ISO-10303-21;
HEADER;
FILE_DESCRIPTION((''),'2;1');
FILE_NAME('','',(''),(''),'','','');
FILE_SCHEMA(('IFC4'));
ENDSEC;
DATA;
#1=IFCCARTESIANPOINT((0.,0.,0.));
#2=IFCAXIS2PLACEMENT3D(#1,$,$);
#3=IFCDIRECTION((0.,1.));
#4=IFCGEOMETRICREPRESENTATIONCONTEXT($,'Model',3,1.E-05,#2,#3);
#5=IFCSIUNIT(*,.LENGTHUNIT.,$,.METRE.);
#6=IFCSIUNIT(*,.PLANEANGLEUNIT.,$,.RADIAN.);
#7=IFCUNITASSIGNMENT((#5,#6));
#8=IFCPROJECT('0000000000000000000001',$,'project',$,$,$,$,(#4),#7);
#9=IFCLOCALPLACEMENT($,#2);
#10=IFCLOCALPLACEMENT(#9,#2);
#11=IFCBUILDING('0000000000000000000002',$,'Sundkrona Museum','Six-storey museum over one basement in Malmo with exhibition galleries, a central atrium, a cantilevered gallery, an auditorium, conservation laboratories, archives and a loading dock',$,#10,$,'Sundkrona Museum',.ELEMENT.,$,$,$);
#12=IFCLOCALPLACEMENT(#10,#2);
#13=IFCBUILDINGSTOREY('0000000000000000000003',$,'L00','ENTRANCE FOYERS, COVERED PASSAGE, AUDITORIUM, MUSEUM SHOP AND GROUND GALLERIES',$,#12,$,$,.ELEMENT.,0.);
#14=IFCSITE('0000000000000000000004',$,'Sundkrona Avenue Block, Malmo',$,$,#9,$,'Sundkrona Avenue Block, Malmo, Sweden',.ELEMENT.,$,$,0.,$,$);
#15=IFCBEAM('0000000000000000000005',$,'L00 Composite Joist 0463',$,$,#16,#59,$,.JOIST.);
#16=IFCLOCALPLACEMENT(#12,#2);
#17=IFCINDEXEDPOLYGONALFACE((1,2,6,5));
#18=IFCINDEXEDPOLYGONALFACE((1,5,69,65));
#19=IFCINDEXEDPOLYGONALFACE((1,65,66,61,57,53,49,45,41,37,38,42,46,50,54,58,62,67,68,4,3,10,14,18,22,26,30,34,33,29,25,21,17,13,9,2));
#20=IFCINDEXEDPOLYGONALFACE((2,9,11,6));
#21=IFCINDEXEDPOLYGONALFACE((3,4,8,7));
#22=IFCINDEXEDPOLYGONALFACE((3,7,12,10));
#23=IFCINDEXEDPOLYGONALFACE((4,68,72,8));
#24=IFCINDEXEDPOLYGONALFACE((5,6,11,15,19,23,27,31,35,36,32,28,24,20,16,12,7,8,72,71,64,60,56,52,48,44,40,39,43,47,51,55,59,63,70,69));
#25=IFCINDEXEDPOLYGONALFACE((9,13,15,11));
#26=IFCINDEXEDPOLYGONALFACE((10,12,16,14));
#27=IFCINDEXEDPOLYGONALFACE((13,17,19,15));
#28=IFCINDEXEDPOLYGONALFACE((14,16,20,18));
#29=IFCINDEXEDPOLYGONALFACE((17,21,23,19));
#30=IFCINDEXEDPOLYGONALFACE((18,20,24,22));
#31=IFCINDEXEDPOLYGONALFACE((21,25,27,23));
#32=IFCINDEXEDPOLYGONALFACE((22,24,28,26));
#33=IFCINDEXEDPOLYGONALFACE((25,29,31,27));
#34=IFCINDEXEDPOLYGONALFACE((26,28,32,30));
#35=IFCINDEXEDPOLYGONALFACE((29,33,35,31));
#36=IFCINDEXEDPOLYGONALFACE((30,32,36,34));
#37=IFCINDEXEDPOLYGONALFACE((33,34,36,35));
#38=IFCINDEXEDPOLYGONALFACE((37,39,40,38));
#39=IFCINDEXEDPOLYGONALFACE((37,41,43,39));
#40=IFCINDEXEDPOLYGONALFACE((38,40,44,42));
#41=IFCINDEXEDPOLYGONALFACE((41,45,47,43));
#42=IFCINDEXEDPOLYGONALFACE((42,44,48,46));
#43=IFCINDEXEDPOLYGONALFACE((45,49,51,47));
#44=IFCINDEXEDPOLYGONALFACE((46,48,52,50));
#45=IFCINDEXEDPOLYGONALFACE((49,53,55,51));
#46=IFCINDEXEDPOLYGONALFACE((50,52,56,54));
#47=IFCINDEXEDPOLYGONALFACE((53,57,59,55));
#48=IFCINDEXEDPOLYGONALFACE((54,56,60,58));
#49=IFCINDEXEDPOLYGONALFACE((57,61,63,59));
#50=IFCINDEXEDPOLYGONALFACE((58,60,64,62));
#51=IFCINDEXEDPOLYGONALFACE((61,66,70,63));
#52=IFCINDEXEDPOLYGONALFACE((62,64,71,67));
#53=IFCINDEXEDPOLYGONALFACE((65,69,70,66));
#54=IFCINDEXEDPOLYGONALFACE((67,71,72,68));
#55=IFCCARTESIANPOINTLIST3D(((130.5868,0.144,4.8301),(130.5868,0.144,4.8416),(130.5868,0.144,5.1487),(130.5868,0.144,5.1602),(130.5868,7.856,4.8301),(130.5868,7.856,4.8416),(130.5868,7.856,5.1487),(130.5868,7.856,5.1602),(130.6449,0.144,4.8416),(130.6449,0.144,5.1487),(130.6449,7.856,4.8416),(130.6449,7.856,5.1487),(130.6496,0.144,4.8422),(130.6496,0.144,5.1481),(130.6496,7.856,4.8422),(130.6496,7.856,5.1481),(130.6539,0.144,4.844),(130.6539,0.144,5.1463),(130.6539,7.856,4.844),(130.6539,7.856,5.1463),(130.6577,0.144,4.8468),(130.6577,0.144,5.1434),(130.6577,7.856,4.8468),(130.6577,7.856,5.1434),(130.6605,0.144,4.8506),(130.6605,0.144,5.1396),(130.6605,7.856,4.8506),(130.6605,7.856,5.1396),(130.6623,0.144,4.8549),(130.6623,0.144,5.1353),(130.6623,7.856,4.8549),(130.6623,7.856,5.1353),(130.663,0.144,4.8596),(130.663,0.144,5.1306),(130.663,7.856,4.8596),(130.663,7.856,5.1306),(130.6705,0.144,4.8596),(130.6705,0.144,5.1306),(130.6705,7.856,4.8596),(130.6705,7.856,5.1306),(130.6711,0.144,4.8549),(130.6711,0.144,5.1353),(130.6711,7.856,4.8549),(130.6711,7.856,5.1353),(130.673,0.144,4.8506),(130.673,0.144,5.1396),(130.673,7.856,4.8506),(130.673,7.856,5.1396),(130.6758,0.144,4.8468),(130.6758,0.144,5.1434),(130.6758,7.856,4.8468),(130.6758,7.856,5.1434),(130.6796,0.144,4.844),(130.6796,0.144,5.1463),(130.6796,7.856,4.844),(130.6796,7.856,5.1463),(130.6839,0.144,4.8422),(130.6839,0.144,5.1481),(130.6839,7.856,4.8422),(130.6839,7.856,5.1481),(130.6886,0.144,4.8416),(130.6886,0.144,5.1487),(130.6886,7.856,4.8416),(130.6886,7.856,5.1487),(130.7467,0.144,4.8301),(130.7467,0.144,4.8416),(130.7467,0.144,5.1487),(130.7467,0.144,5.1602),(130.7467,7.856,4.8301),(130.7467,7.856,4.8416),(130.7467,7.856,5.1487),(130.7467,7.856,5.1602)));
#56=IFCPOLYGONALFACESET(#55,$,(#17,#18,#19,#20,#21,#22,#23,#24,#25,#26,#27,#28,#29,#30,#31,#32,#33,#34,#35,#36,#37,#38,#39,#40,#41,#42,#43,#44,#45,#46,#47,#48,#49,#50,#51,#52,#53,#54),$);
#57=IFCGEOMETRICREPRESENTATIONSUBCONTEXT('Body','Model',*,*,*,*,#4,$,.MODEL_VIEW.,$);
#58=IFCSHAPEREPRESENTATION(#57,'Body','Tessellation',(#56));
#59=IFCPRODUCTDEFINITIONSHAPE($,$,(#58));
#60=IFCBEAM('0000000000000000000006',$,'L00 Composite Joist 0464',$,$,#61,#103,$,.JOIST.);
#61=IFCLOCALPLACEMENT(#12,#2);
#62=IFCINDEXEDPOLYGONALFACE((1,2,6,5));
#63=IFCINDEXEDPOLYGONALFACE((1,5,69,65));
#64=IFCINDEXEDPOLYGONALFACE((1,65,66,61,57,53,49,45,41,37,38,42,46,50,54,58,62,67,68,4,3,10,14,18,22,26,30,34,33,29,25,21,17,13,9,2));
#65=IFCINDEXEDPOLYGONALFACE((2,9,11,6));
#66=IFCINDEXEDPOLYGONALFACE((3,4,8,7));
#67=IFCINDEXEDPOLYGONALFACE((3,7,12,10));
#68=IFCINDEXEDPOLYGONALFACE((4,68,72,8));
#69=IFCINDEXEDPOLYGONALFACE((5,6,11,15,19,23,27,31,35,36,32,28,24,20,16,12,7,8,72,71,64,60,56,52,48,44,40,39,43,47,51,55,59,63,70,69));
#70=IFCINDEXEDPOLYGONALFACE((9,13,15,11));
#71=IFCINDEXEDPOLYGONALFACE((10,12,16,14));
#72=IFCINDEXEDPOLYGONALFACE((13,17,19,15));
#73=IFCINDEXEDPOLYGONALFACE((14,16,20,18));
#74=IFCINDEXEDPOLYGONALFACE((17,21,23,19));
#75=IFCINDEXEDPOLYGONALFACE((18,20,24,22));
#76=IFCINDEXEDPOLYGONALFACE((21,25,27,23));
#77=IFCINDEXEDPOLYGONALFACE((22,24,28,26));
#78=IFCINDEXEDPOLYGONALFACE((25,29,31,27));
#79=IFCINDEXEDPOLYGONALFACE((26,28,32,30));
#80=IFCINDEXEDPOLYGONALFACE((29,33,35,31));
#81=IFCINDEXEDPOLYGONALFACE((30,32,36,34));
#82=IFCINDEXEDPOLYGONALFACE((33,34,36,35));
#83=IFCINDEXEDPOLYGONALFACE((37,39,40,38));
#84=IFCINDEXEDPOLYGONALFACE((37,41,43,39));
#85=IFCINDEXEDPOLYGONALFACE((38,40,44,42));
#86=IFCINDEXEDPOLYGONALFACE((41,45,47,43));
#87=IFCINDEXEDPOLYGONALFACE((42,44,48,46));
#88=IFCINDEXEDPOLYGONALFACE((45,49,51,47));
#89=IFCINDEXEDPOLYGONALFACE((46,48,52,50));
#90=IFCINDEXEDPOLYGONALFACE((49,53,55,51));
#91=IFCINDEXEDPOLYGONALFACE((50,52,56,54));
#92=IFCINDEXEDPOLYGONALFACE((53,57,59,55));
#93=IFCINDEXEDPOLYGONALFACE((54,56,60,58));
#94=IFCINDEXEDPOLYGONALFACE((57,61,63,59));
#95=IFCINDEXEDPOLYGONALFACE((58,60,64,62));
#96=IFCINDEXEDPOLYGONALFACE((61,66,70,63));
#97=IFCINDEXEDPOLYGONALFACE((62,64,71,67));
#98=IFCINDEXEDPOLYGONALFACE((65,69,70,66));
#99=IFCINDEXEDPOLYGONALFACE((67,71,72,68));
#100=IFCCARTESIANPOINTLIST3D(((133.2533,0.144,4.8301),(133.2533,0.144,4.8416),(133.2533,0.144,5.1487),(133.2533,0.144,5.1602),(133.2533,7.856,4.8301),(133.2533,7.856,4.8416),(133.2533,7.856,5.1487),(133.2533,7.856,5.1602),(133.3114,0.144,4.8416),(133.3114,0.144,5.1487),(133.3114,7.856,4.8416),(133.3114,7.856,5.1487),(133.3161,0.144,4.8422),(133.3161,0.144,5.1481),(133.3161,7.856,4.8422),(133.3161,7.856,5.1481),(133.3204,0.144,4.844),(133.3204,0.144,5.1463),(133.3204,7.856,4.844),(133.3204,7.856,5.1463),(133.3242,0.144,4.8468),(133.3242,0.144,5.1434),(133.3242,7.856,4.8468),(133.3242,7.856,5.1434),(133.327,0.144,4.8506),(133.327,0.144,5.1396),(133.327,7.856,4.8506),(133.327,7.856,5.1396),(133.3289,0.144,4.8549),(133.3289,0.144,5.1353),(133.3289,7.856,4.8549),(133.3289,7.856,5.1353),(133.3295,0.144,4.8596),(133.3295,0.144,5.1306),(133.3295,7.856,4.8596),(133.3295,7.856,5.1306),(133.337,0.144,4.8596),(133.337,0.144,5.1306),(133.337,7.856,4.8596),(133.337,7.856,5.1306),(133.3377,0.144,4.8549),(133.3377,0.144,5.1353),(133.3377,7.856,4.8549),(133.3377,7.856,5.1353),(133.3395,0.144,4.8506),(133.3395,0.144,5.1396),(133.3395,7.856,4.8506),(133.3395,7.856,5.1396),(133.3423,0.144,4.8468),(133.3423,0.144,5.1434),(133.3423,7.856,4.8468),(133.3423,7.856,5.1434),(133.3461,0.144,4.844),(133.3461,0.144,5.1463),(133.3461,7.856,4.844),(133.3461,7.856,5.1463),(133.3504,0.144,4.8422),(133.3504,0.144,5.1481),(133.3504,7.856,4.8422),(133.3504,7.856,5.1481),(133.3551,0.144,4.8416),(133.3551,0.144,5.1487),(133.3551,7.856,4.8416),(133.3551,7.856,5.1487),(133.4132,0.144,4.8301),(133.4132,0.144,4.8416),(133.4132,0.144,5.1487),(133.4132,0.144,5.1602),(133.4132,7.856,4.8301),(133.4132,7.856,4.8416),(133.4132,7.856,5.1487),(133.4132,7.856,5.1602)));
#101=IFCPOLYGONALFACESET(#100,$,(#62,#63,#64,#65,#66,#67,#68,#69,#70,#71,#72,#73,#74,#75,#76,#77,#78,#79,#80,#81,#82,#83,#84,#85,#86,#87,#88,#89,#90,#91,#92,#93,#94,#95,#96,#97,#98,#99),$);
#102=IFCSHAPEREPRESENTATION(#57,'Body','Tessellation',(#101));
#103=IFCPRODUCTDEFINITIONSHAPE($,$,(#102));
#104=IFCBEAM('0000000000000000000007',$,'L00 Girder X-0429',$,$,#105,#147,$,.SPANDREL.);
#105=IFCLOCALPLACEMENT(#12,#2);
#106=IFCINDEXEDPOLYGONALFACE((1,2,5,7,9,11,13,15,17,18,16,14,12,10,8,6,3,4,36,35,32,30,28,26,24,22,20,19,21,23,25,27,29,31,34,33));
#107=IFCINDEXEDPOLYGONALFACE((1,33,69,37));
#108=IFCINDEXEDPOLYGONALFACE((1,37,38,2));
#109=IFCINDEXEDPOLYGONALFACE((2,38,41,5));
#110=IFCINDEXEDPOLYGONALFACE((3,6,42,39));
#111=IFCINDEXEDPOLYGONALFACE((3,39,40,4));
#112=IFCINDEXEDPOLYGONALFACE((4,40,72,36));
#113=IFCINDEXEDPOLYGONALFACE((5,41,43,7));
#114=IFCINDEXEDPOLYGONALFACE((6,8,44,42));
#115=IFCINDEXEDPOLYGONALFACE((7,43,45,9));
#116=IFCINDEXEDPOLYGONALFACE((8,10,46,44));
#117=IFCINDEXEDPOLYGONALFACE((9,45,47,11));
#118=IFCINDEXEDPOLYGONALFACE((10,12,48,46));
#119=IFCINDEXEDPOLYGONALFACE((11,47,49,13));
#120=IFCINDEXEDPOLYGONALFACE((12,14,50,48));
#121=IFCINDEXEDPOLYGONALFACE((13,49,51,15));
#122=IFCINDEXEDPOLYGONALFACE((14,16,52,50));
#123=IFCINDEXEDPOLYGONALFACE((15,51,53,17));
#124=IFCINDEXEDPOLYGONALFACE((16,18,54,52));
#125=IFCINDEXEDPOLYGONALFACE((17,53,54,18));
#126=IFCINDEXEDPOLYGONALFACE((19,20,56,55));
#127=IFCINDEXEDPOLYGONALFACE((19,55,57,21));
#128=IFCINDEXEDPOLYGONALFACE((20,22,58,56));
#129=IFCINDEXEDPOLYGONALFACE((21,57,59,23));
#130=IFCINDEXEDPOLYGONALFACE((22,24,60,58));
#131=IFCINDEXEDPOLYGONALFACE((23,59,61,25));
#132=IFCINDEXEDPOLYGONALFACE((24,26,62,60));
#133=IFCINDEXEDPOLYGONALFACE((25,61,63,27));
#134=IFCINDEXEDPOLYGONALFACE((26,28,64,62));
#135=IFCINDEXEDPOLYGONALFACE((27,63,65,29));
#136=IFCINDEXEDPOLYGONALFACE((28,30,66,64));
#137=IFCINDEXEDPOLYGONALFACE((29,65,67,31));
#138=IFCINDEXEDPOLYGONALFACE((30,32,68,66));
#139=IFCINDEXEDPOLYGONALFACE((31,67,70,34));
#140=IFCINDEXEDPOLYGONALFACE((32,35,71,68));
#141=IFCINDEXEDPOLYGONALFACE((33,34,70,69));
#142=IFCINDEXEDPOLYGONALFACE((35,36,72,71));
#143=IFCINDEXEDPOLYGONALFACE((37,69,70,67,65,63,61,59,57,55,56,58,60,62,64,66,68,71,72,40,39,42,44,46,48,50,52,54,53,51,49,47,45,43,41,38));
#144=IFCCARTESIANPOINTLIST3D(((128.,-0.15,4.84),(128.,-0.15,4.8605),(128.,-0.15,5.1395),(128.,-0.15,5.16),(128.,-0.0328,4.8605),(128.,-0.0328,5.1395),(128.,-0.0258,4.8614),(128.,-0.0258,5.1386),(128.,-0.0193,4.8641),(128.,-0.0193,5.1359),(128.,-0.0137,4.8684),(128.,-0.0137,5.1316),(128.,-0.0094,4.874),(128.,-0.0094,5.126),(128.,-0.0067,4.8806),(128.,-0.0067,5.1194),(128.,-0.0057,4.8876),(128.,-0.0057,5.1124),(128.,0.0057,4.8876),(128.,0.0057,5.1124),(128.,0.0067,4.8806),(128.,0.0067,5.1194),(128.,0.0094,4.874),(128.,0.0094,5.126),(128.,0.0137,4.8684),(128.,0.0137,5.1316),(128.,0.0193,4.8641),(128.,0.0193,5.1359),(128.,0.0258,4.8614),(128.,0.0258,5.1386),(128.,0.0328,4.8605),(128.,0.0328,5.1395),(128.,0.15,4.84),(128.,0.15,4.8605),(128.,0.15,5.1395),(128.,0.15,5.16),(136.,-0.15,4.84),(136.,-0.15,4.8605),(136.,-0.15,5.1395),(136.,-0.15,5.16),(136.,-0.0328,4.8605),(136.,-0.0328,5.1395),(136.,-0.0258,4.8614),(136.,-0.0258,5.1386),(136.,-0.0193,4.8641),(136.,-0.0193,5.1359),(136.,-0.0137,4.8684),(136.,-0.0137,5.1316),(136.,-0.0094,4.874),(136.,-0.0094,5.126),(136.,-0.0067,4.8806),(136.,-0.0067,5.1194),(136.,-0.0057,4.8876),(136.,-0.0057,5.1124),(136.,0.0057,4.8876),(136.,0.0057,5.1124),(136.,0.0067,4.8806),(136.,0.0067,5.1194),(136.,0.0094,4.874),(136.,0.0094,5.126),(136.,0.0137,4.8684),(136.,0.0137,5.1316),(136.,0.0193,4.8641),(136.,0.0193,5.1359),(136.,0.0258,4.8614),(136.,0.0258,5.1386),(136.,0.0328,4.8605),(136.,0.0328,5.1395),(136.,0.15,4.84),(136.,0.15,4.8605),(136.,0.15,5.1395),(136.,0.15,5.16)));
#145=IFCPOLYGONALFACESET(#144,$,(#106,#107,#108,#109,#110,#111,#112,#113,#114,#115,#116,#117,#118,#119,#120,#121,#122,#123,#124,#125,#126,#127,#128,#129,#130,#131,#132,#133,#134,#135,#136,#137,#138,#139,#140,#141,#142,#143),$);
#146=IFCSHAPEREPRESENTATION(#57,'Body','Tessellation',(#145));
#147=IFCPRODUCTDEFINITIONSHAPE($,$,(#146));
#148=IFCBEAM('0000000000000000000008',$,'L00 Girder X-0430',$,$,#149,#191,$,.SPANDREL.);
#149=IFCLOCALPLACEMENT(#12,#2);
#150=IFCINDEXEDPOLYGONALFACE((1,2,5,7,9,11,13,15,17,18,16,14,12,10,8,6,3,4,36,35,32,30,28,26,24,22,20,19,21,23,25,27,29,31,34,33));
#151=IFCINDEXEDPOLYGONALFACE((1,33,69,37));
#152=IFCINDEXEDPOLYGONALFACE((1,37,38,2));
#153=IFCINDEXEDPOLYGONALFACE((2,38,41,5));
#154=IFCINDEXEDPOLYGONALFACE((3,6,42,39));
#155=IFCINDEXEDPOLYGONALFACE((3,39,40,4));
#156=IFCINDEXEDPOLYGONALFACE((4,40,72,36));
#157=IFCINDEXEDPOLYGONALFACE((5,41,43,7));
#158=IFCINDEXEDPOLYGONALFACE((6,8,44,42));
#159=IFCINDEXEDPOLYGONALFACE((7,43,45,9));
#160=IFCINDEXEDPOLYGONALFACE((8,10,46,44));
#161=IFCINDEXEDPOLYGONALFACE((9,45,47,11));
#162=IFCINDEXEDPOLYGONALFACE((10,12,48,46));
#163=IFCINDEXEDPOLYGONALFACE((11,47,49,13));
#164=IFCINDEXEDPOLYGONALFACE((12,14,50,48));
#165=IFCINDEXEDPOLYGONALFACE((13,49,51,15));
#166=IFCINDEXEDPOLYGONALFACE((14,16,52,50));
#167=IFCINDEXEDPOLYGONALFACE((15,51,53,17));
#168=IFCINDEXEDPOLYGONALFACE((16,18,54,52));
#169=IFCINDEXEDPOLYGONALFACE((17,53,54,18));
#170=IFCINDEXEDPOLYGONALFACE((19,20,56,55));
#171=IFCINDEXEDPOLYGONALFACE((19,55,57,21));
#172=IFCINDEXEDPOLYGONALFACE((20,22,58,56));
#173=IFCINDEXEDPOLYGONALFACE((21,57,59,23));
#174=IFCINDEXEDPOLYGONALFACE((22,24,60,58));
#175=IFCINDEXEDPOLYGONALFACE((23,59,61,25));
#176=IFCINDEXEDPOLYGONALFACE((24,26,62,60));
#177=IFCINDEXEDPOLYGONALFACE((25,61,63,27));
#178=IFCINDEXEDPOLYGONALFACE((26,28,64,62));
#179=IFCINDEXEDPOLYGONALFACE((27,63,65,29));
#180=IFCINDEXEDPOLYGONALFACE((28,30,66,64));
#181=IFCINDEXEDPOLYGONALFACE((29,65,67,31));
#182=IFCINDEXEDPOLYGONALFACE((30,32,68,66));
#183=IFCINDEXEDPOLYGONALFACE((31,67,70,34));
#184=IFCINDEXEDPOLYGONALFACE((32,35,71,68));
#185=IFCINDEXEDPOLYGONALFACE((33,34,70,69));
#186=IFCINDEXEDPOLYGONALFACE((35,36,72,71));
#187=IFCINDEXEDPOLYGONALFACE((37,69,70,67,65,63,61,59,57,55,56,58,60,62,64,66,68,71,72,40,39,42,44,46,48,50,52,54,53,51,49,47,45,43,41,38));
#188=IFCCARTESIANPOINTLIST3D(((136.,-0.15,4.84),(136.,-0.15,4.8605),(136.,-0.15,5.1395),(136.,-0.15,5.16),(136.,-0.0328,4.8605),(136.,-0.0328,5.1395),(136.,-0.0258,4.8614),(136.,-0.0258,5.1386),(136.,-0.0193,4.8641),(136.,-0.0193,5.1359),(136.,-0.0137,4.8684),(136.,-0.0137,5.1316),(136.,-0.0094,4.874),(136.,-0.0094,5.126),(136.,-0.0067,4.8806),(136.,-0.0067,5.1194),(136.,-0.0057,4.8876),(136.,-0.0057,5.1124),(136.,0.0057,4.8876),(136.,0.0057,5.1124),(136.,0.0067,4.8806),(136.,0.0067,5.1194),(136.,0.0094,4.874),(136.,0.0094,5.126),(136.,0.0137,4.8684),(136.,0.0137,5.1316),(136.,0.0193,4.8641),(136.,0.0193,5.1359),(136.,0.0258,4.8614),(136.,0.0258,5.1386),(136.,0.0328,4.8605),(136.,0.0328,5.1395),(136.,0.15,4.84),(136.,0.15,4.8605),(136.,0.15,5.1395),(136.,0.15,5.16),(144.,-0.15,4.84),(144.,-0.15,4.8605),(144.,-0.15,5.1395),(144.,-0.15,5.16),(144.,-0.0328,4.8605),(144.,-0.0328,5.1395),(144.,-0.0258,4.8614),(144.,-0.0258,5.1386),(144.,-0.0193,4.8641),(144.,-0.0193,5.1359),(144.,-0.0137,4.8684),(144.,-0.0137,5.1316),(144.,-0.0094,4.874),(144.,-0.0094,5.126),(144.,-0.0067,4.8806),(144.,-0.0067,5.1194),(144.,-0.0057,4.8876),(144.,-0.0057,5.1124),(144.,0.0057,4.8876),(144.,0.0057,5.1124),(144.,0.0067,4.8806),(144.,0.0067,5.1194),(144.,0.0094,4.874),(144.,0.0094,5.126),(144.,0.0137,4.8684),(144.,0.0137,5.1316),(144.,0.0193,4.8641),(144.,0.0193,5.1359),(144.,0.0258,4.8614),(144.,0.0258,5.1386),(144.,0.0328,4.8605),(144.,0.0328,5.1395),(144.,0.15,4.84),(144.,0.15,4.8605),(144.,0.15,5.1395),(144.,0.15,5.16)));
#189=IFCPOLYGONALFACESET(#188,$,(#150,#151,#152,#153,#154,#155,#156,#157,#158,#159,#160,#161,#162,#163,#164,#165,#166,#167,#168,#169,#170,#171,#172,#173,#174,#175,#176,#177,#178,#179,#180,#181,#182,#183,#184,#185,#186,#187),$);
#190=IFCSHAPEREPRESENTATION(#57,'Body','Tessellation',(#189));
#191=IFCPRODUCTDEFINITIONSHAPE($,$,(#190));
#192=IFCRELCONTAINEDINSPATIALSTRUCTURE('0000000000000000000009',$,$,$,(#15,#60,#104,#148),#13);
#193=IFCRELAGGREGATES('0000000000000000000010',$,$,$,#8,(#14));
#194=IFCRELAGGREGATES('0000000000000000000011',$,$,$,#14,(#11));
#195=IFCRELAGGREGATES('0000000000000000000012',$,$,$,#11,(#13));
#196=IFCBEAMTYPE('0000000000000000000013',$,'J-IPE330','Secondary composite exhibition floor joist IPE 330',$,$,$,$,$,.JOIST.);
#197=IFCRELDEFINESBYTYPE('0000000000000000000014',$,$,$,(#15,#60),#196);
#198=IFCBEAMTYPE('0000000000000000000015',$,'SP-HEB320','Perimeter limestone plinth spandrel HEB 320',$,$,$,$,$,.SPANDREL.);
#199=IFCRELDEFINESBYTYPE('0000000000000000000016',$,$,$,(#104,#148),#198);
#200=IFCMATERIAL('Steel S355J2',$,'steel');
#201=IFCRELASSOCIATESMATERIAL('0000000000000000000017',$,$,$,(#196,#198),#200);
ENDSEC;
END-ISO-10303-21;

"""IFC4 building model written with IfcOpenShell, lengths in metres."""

from ifc_helpers import new_model, si_unit, direction, frame, origin, origin_2d, place, context, subcontext, project, spatial, i_section, extrude, material, material_profile, profile_set, type_object, element, save


model = new_model("IFC4")

# Units and contexts
model_context = context("Model", 3, precision=1e-05, world=origin(), true_north=direction((0.0, 1.0)))
body_context = subcontext(model_context, "Body", "Model", "MODEL_VIEW")
ifc_project = project(units=[si_unit("LENGTHUNIT", "METRE"), si_unit("PLANEANGLEUNIT", "RADIAN")], contexts=[model_context])

# Site, building, storey
site_placement = place(None, origin())
site = spatial("IfcSite", under=ifc_project, at=site_placement, Name="Sundkrona Avenue Block, Malmo", LongName="Sundkrona Avenue Block, Malmo, Sweden", CompositionType="ELEMENT", RefElevation=0.0)
building_placement = place(site_placement, origin())
building = spatial("IfcBuilding", under=site, at=building_placement, Name="Sundkrona Museum", Description="Six-storey museum over one basement in Malmo with exhibition galleries, a central atrium, a cantilevered gallery, an auditorium, conservation laboratories, archives and a loading dock", LongName="Sundkrona Museum", CompositionType="ELEMENT")
storey_placement = place(building_placement, origin())
storey = spatial("IfcBuildingStorey", under=building, at=storey_placement, Name="L00", Description="ENTRANCE FOYERS, COVERED PASSAGE, AUDITORIUM, MUSEUM SHOP AND GROUND GALLERIES", CompositionType="ELEMENT", Elevation=0.0)

# Shared definitions
ifc_material_1 = material(Name="Steel S355J2", Category="steel")

# Beams
ifc_material_profile_1 = material_profile(ifc_material_1, i_section(OverallWidth=0.1599, OverallDepth=0.3301, WebThickness=0.0076, FlangeThickness=0.0115, FilletRadius=0.0181, at=origin_2d()), Name="IPE 330")
ifc_profile_set_1 = profile_set([ifc_material_profile_1], Name="Steel S355J2")
beam_type_1 = type_object("IfcBeamType", Name="J-IPE330", Description="Secondary composite exhibition floor joist IPE 330", PredefinedType="JOIST", material=ifc_profile_set_1)
for number, where, z_axis, x_axis, name in (
    (1, (130.6667, 0.144, 4.9951), (0.0, 1.0, 0.0), (-1.0, 0.0, 0.0), "L00 Composite Joist 0463"),
    (2, (133.3333, 0.144, 4.9951), (0.0, 1.0, 0.0), (-1.0, 0.0, 0.0), "L00 Composite Joist 0464"),
):
    element("IfcBeam", number, at=place(storey_placement, frame(where, z_axis=z_axis, x_axis=x_axis)), inside=storey, type_object=beam_type_1, Name=name, PredefinedType="JOIST", context=body_context, shape_type="SweptSolid", body=[
        extrude(i_section(OverallWidth=0.1599, OverallDepth=0.3301, WebThickness=0.0076, FlangeThickness=0.0115, FilletRadius=0.0181, at=origin_2d()), origin(), (0.0, 0.0, 1.0), 7.7119),
    ])
ifc_material_profile_2 = material_profile(ifc_material_1, i_section(OverallWidth=0.3, OverallDepth=0.3201, WebThickness=0.0115, FlangeThickness=0.0205, FilletRadius=0.0271, at=origin_2d()), Name="HEB 320")
ifc_profile_set_2 = profile_set([ifc_material_profile_2], Name="Steel S355J2")
beam_type_2 = type_object("IfcBeamType", Name="SP-HEB320", Description="Perimeter limestone plinth spandrel HEB 320", PredefinedType="SPANDREL", material=ifc_profile_set_2)
for number, where, z_axis, x_axis, name in (
    (3, (128.0, 0.0, 5.0), (1.0, 0.0, 0.0), (0.0, 1.0, 0.0), "L00 Girder X-0429"),
    (4, (136.0, 0.0, 5.0), (1.0, 0.0, 0.0), (0.0, 1.0, 0.0), "L00 Girder X-0430"),
):
    element("IfcBeam", number, at=place(storey_placement, frame(where, z_axis=z_axis, x_axis=x_axis)), inside=storey, type_object=beam_type_2, Name=name, PredefinedType="SPANDREL", context=body_context, shape_type="SweptSolid", body=[
        extrude(i_section(OverallWidth=0.3, OverallDepth=0.3201, WebThickness=0.0115, FlangeThickness=0.0205, FilletRadius=0.0271, at=origin_2d()), origin(), (0.0, 0.0, 1.0), 8.0),
    ])

save(model, "model.ifc")
